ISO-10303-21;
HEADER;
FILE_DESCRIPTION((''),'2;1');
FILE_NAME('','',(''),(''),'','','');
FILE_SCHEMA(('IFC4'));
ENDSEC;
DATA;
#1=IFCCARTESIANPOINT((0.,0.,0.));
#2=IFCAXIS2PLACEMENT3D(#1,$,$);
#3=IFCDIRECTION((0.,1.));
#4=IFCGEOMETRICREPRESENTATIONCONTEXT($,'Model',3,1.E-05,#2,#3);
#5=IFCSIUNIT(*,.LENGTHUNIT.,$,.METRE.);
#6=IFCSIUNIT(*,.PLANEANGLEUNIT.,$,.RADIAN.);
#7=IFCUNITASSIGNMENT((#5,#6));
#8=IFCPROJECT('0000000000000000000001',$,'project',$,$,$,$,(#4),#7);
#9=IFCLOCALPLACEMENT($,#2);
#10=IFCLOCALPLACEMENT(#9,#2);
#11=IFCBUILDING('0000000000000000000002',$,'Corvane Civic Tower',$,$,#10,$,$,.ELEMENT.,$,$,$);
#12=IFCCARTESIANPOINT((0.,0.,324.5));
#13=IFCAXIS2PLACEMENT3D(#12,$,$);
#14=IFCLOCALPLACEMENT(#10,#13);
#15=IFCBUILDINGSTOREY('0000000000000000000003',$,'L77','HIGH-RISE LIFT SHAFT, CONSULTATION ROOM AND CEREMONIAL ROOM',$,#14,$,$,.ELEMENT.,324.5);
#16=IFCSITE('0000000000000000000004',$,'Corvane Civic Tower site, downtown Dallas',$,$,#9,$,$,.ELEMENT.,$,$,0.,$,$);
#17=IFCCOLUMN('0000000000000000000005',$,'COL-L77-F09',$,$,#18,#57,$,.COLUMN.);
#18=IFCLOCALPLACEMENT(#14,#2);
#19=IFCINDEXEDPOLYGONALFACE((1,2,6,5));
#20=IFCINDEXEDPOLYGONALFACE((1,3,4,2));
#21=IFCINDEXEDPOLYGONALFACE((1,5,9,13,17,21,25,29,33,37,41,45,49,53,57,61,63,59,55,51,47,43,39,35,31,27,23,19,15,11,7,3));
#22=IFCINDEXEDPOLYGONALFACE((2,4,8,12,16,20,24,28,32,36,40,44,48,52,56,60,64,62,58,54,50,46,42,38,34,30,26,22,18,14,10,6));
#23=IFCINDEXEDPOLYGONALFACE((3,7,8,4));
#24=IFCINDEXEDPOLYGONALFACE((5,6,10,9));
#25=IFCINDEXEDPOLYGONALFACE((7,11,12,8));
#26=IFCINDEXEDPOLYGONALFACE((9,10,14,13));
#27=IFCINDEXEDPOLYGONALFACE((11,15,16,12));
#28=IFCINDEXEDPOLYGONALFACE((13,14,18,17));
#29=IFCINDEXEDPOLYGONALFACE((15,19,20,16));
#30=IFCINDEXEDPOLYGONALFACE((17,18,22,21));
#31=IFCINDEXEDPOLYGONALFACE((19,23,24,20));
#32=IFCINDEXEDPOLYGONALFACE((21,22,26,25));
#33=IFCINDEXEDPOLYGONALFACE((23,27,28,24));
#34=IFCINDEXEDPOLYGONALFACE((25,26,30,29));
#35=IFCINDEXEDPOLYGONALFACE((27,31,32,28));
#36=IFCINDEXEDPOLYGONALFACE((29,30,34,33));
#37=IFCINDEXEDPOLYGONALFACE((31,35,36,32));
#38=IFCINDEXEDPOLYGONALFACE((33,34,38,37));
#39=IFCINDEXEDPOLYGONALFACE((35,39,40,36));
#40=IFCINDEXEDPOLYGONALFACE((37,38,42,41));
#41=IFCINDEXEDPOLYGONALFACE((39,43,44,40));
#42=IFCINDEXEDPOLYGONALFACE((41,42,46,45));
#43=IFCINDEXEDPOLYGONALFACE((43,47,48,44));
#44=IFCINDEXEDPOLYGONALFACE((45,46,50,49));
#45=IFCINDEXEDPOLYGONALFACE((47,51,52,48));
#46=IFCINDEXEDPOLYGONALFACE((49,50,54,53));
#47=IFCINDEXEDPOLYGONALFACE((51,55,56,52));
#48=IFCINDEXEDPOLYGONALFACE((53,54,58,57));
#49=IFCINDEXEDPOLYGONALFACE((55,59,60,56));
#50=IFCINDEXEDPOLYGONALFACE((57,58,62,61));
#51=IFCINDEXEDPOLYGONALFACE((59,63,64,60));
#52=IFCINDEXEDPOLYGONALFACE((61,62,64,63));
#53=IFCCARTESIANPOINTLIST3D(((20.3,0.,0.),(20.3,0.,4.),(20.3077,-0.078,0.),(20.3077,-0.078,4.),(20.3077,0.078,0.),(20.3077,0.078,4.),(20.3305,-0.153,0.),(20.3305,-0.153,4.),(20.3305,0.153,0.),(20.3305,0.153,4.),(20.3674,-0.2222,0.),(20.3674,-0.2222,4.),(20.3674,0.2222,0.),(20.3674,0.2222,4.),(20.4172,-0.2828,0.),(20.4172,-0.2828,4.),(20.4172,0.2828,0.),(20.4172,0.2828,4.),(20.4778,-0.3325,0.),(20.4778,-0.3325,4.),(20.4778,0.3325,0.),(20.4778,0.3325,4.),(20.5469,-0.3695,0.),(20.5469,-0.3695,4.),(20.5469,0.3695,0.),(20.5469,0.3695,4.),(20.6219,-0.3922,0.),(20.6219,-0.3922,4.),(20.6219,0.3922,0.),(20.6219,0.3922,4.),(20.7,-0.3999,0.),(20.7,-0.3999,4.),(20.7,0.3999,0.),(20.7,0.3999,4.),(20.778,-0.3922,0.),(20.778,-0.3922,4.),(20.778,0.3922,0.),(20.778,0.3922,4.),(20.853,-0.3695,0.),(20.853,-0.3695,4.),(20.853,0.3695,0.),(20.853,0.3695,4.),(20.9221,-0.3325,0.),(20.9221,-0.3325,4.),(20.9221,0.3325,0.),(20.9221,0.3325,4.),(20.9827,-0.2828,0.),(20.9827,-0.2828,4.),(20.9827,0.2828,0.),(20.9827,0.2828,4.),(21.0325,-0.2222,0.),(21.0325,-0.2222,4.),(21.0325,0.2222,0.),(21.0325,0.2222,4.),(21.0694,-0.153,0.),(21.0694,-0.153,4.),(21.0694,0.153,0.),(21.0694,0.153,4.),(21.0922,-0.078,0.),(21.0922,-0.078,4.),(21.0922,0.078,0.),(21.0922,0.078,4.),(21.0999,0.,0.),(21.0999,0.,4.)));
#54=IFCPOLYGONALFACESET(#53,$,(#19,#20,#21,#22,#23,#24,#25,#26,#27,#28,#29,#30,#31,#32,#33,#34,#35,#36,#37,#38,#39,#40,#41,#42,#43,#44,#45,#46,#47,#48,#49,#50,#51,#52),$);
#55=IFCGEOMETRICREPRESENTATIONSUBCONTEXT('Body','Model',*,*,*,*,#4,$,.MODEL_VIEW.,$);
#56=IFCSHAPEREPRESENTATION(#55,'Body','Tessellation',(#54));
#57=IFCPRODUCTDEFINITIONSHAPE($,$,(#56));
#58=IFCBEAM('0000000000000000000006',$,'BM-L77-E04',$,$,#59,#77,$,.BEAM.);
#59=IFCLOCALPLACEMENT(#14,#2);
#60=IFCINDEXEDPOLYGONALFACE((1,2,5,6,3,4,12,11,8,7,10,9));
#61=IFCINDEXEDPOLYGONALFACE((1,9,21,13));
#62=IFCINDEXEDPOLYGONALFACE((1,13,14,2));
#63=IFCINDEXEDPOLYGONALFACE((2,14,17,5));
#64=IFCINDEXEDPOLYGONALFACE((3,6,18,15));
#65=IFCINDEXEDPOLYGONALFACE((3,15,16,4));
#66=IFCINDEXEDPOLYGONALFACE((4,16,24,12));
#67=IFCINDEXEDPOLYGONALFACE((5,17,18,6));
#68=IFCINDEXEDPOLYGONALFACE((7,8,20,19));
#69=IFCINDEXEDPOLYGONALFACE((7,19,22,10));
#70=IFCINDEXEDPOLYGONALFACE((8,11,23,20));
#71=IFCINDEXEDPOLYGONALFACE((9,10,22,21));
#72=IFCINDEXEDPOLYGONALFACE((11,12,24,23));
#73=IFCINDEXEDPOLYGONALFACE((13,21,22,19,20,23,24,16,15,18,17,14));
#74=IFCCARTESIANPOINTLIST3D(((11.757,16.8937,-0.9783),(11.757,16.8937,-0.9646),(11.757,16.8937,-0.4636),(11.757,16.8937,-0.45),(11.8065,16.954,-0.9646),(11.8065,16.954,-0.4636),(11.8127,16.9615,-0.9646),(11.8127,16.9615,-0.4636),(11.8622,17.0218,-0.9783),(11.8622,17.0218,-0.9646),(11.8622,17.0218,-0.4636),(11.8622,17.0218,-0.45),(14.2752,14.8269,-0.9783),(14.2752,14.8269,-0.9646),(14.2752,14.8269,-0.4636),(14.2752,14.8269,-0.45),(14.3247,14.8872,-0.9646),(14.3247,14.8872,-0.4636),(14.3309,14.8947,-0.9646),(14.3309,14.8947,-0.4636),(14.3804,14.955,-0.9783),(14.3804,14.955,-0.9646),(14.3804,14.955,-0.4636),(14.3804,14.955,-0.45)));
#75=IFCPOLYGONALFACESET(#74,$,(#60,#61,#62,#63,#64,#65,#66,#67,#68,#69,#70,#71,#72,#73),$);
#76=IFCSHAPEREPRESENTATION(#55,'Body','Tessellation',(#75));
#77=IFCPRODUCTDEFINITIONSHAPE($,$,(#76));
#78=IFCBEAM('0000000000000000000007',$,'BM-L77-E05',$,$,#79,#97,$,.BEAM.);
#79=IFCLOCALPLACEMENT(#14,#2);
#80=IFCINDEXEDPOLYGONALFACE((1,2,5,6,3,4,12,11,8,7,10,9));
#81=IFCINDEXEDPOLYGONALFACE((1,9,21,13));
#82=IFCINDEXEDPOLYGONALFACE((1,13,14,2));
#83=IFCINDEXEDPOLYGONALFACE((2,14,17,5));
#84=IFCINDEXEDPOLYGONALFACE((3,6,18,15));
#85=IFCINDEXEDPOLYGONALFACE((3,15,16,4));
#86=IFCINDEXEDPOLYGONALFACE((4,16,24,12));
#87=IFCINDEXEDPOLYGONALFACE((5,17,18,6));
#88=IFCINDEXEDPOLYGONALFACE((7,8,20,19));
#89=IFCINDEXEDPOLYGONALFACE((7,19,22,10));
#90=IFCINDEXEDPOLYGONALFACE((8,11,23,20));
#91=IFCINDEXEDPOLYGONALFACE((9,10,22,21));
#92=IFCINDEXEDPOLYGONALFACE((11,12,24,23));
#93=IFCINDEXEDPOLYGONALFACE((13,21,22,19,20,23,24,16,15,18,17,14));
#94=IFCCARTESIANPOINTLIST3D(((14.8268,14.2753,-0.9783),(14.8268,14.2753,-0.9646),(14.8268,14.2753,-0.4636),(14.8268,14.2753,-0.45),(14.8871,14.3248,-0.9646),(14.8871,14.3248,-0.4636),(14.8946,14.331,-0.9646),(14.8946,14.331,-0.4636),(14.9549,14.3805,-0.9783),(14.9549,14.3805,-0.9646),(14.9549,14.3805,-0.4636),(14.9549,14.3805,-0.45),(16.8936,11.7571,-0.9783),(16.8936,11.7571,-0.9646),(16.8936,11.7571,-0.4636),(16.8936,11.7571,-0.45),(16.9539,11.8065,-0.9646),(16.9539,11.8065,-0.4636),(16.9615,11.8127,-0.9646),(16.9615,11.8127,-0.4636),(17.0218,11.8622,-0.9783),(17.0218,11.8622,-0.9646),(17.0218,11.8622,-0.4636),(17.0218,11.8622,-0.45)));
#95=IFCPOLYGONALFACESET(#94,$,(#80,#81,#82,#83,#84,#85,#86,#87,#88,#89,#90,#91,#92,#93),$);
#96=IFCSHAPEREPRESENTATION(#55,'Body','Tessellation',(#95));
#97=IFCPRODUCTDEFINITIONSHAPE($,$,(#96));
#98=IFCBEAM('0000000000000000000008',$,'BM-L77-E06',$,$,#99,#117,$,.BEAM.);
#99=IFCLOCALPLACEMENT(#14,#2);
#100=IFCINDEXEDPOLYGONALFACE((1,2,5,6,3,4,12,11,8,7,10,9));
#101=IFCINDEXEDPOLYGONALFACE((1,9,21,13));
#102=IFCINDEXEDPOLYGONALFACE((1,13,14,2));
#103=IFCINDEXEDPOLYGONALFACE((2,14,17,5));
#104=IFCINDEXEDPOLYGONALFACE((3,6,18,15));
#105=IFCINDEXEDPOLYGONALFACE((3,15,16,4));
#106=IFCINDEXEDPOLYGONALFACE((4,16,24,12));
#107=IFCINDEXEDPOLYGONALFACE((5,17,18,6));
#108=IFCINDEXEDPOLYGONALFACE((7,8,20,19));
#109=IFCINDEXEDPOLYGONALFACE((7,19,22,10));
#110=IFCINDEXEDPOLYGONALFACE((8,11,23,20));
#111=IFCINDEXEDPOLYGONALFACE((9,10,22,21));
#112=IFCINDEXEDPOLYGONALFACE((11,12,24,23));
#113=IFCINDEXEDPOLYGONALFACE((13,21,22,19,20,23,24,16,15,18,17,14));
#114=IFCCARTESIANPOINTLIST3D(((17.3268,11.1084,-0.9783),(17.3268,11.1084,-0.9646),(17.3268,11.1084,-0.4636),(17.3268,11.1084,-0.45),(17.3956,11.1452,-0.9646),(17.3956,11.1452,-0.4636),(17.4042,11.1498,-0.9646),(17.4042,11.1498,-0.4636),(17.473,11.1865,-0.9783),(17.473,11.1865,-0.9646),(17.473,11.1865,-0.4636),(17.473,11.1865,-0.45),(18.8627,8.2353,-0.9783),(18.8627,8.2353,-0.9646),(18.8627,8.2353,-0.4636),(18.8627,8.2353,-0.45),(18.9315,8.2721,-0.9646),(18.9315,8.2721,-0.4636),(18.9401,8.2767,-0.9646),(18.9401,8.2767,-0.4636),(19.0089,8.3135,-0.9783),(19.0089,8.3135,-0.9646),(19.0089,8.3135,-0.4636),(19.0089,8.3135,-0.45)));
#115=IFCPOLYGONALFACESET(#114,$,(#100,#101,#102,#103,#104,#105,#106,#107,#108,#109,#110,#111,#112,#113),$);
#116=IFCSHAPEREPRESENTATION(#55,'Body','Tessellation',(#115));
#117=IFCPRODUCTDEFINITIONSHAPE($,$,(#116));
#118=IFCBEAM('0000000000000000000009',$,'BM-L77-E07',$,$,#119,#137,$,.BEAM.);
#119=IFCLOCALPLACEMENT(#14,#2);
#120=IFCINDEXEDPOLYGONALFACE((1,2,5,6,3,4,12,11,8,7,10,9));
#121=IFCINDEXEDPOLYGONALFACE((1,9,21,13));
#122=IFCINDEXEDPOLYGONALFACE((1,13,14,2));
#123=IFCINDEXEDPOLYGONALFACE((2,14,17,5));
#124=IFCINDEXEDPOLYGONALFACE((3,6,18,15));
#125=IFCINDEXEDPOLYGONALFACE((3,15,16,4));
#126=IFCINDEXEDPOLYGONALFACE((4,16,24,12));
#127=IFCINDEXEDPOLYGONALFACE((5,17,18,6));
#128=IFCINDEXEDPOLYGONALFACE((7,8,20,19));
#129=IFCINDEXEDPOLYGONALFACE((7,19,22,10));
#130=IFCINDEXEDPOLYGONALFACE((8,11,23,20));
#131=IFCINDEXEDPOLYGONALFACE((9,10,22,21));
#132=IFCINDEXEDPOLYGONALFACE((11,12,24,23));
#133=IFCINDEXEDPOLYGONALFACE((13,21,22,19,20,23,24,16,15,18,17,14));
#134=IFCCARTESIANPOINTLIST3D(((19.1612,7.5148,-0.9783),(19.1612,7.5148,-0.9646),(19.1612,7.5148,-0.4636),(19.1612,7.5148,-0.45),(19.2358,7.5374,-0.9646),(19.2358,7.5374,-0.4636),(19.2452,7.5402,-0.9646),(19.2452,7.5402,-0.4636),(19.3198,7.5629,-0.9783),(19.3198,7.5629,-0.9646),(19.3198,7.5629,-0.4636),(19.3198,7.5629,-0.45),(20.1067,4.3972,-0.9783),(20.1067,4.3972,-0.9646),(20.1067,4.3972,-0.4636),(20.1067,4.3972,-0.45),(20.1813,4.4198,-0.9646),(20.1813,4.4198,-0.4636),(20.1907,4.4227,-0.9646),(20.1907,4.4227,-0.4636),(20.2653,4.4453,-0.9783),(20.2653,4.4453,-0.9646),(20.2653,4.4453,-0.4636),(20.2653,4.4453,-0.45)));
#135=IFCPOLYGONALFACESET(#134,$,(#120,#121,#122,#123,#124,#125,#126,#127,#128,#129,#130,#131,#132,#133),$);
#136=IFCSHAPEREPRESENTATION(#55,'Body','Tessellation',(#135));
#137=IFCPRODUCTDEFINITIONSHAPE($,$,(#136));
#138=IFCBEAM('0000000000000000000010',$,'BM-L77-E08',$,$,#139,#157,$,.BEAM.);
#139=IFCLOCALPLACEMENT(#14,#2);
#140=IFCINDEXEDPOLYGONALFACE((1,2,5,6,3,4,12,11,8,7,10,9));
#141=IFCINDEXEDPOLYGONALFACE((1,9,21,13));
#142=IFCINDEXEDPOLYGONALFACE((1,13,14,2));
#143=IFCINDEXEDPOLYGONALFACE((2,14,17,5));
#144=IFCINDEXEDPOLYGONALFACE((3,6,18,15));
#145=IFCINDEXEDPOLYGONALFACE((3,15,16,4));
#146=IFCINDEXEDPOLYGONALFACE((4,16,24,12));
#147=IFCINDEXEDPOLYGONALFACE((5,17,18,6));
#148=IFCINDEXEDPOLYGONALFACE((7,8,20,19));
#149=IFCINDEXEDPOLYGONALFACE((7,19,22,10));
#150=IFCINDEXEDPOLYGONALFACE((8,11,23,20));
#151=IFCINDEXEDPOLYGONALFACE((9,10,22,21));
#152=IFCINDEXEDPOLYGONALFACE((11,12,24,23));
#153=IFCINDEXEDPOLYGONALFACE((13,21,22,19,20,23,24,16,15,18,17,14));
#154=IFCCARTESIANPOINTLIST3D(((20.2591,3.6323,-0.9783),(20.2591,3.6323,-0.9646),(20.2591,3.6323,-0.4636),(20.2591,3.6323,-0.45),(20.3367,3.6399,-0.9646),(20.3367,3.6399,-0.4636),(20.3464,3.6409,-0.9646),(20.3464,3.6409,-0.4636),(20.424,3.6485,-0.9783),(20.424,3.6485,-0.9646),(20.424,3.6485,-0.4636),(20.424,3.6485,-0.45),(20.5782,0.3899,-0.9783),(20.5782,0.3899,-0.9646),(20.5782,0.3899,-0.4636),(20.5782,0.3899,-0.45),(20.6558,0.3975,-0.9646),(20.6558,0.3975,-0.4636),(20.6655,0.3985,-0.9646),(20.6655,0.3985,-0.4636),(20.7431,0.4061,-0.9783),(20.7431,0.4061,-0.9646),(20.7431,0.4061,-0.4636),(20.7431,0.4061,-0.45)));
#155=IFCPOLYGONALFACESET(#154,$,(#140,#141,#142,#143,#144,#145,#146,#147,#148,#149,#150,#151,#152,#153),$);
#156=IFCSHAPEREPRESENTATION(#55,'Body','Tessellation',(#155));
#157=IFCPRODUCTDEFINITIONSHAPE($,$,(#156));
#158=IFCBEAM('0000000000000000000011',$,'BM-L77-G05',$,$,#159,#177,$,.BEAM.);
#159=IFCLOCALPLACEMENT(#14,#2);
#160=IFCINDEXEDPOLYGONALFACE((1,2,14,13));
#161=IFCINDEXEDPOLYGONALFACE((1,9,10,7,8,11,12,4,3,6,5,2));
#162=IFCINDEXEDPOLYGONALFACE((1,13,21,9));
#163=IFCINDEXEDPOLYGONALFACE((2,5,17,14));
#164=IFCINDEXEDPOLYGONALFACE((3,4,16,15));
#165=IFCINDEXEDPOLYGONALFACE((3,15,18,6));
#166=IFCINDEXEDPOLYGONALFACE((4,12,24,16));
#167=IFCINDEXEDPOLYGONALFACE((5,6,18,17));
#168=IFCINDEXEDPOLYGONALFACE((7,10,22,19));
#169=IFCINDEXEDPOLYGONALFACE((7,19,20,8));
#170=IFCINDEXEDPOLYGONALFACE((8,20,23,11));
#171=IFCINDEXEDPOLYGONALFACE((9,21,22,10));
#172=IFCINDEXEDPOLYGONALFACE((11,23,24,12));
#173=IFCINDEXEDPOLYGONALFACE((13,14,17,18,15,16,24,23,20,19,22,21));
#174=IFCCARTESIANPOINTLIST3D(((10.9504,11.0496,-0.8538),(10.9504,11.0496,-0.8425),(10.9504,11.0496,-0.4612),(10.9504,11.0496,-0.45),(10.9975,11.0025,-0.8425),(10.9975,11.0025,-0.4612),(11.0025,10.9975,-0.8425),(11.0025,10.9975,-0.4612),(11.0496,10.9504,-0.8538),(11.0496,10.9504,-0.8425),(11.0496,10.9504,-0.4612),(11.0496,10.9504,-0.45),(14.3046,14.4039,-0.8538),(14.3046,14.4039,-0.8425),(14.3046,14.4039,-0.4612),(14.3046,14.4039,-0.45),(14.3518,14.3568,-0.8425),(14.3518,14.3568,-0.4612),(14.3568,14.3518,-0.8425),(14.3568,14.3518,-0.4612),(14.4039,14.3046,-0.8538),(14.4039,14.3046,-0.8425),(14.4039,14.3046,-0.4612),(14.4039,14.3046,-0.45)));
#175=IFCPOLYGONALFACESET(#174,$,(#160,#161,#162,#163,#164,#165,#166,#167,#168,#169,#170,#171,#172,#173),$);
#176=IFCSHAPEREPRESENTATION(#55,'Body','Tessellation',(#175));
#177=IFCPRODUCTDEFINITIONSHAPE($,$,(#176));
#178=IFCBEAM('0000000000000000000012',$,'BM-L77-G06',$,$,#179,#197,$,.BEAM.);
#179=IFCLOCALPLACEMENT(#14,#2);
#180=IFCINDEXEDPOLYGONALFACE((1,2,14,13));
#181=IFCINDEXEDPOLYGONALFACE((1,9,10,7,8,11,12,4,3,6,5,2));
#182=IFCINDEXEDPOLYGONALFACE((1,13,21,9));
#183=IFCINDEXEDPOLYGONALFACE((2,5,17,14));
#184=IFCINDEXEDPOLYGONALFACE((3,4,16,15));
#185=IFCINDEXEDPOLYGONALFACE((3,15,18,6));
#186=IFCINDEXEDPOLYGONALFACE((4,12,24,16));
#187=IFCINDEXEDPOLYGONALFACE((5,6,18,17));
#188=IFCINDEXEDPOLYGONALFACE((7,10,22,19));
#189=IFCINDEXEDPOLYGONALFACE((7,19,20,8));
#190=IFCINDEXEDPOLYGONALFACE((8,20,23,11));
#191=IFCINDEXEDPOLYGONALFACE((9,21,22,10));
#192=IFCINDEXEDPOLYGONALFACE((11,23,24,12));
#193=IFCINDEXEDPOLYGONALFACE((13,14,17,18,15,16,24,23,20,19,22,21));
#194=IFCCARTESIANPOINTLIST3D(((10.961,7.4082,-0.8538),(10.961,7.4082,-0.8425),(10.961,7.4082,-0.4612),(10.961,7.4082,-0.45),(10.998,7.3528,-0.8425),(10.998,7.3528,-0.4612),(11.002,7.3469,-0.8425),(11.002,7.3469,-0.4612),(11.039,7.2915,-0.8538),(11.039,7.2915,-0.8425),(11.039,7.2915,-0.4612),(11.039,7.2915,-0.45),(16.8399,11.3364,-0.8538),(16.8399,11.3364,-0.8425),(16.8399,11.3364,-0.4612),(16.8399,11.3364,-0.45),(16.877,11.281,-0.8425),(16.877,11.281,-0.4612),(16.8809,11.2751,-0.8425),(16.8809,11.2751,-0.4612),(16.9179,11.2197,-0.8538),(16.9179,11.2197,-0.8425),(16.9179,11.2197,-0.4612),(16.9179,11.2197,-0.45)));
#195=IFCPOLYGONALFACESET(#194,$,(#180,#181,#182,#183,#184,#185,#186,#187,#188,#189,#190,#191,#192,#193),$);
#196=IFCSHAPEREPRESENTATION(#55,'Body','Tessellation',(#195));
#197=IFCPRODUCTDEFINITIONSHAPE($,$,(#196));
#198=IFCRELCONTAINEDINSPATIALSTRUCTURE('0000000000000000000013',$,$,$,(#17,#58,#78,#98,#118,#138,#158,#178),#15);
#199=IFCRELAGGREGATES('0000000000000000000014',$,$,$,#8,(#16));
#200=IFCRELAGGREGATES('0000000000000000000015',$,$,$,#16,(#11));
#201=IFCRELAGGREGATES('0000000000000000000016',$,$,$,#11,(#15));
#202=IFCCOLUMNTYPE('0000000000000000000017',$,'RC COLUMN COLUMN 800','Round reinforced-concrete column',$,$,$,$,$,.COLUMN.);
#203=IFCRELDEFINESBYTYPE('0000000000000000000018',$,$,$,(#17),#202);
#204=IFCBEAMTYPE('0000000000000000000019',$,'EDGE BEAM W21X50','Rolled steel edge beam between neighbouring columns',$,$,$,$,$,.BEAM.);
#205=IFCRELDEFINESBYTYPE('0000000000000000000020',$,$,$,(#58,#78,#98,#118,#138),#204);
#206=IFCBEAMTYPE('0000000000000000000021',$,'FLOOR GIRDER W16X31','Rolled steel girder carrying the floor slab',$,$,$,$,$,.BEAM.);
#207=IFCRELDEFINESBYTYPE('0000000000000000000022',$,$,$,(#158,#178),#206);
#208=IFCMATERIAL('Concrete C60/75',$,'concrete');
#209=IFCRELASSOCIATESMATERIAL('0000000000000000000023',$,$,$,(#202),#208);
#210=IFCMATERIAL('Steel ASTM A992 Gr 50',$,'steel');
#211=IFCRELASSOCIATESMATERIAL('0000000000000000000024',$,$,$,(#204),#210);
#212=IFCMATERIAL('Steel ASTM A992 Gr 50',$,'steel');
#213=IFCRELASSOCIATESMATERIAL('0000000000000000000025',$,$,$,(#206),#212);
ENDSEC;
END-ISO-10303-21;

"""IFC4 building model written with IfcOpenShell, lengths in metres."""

from ifc_helpers import new_model, si_unit, direction, frame, origin, origin_2d, place, context, subcontext, project, spatial, circle, i_section, extrude, material, material_profile, profile_set, type_object, element, save


model = new_model("IFC4")

# Units and contexts
model_context = context("Model", 3, precision=1e-05, world=origin(), true_north=direction((0.0, 1.0)))
body_context = subcontext(model_context, "Body", "Model", "MODEL_VIEW")
ifc_project = project(units=[si_unit("LENGTHUNIT", "METRE"), si_unit("PLANEANGLEUNIT", "RADIAN")], contexts=[model_context])

# Site, building, storey
site_placement = place(None, origin())
site = spatial("IfcSite", under=ifc_project, at=site_placement, Name="Corvane Civic Tower site, downtown Dallas", CompositionType="ELEMENT", RefElevation=0.0)
building_placement = place(site_placement, origin())
building = spatial("IfcBuilding", under=site, at=building_placement, Name="Corvane Civic Tower", CompositionType="ELEMENT")
storey_placement = place(building_placement, frame((0.0, 0.0, 324.5)))
storey = spatial("IfcBuildingStorey", under=building, at=storey_placement, Name="L77", Description="HIGH-RISE LIFT SHAFT, CONSULTATION ROOM AND CEREMONIAL ROOM", CompositionType="ELEMENT", Elevation=324.5)

# Column
ifc_material_1 = material(Name="Concrete C60/75", Category="concrete")
ifc_material_profile_1 = material_profile(ifc_material_1, circle(Radius=0.3999, at=origin_2d()), Name="COLUMN 800")
ifc_profile_set_1 = profile_set([ifc_material_profile_1], Name="Concrete C60/75")
column_type = type_object("IfcColumnType", Name="RC COLUMN COLUMN 800", Description="Round reinforced-concrete column", PredefinedType="COLUMN", material=ifc_profile_set_1)
for number, where, z_axis, x_axis, name in (
    (1, (20.7, 0.0, 0.0), (0.0, 0.0, 1.0), (1.0, 0.0, 0.0), "COL-L77-F09"),
):
    element("IfcColumn", number, at=place(storey_placement, frame(where, z_axis=z_axis, x_axis=x_axis)), inside=storey, type_object=column_type, Name=name, PredefinedType="COLUMN", context=body_context, shape_type="SweptSolid", body=[
        extrude(circle(Radius=0.3999, at=origin_2d()), origin(), (0.0, 0.0, 1.0), 4.0),
    ])

# Beams
ifc_material_2 = material(Name="Steel ASTM A992 Gr 50", Category="steel")
ifc_material_profile_2 = material_profile(ifc_material_2, i_section(OverallWidth=0.1658, OverallDepth=0.5283, WebThickness=0.0098, FlangeThickness=0.0137, at=origin_2d()), Name="W21X50")
ifc_profile_set_2 = profile_set([ifc_material_profile_2], Name="Steel ASTM A992 Gr 50")
beam_type_1 = type_object("IfcBeamType", Name="EDGE BEAM W21X50", Description="Rolled steel edge beam between neighbouring columns", PredefinedType="BEAM", material=ifc_profile_set_2)
for number, where, z_axis, x_axis, name in (
    (2, (11.8096, 16.9578, -0.7141), (0.772985, -0.634425, 0.0), (0.634425, 0.772985, 0.0), "BM-L77-E04"),
    (3, (14.8909, 14.3279, -0.7141), (0.634425, -0.772985, 0.0), (0.772985, 0.634425, 0.0), "BM-L77-E05"),
    (4, (17.3999, 11.1475, -0.7141), (0.471448, -0.881894, 0.0), (0.881894, 0.471448, 0.0), "BM-L77-E06"),
    (5, (19.2405, 7.5388, -0.7141), (0.290234, -0.956956, 0.0), (0.956956, 0.290234, 0.0), "BM-L77-E07"),
):
    element("IfcBeam", number, at=place(storey_placement, frame(where, z_axis=z_axis, x_axis=x_axis)), inside=storey, type_object=beam_type_1, Name=name, PredefinedType="BEAM", context=body_context, shape_type="SweptSolid", body=[
        extrude(i_section(OverallWidth=0.1658, OverallDepth=0.5283, WebThickness=0.0098, FlangeThickness=0.0137, at=origin_2d()), origin(), (0.0, 0.0, 1.0), 3.2578),
    ])
beam_1_placement = place(storey_placement, frame((20.3416, 3.6404, -0.7141), z_axis=(0.097938, -0.995193, 0.0), x_axis=(0.995193, 0.097938, 0.0)))
element("IfcBeam", 6, at=beam_1_placement, inside=storey, type_object=beam_type_1, Name="BM-L77-E08", PredefinedType="BEAM", context=body_context, shape_type="SweptSolid", body=[
    extrude(i_section(OverallWidth=0.1658, OverallDepth=0.5283, WebThickness=0.0098, FlangeThickness=0.0137, at=origin_2d()), origin(), (0.0, 0.0, 1.0), 3.2581),
])
ifc_material_3 = material(Name="Steel ASTM A992 Gr 50", Category="steel")
ifc_material_profile_3 = material_profile(ifc_material_3, i_section(OverallWidth=0.1404, OverallDepth=0.4038, WebThickness=0.0071, FlangeThickness=0.0112, at=origin_2d()), Name="W16X31")
ifc_profile_set_3 = profile_set([ifc_material_profile_3], Name="Steel ASTM A992 Gr 50")
beam_type_2 = type_object("IfcBeamType", Name="FLOOR GIRDER W16X31", Description="Rolled steel girder carrying the floor slab", PredefinedType="BEAM", material=ifc_profile_set_3)
beam_2_placement = place(storey_placement, frame((11.0, 11.0, -0.6519), z_axis=(0.707107, 0.707107, 0.0), x_axis=(-0.707107, 0.707107, 0.0)))
element("IfcBeam", 7, at=beam_2_placement, inside=storey, type_object=beam_type_2, Name="BM-L77-G05", PredefinedType="BEAM", context=body_context, shape_type="SweptSolid", body=[
    extrude(i_section(OverallWidth=0.1404, OverallDepth=0.4038, WebThickness=0.0071, FlangeThickness=0.0112, at=origin_2d()), origin(), (0.0, 0.0, 1.0), 4.7437),
])
beam_3_placement = place(storey_placement, frame((11.0, 7.3499, -0.6519), z_axis=(0.831465, 0.555576, 0.0), x_axis=(-0.555576, 0.831465, 0.0)))
element("IfcBeam", 8, at=beam_3_placement, inside=storey, type_object=beam_type_2, Name="BM-L77-G06", PredefinedType="BEAM", context=body_context, shape_type="SweptSolid", body=[
    extrude(i_section(OverallWidth=0.1404, OverallDepth=0.4038, WebThickness=0.0071, FlangeThickness=0.0112, at=origin_2d()), origin(), (0.0, 0.0, 1.0), 7.0706),
])

save(model, "model.ifc")
